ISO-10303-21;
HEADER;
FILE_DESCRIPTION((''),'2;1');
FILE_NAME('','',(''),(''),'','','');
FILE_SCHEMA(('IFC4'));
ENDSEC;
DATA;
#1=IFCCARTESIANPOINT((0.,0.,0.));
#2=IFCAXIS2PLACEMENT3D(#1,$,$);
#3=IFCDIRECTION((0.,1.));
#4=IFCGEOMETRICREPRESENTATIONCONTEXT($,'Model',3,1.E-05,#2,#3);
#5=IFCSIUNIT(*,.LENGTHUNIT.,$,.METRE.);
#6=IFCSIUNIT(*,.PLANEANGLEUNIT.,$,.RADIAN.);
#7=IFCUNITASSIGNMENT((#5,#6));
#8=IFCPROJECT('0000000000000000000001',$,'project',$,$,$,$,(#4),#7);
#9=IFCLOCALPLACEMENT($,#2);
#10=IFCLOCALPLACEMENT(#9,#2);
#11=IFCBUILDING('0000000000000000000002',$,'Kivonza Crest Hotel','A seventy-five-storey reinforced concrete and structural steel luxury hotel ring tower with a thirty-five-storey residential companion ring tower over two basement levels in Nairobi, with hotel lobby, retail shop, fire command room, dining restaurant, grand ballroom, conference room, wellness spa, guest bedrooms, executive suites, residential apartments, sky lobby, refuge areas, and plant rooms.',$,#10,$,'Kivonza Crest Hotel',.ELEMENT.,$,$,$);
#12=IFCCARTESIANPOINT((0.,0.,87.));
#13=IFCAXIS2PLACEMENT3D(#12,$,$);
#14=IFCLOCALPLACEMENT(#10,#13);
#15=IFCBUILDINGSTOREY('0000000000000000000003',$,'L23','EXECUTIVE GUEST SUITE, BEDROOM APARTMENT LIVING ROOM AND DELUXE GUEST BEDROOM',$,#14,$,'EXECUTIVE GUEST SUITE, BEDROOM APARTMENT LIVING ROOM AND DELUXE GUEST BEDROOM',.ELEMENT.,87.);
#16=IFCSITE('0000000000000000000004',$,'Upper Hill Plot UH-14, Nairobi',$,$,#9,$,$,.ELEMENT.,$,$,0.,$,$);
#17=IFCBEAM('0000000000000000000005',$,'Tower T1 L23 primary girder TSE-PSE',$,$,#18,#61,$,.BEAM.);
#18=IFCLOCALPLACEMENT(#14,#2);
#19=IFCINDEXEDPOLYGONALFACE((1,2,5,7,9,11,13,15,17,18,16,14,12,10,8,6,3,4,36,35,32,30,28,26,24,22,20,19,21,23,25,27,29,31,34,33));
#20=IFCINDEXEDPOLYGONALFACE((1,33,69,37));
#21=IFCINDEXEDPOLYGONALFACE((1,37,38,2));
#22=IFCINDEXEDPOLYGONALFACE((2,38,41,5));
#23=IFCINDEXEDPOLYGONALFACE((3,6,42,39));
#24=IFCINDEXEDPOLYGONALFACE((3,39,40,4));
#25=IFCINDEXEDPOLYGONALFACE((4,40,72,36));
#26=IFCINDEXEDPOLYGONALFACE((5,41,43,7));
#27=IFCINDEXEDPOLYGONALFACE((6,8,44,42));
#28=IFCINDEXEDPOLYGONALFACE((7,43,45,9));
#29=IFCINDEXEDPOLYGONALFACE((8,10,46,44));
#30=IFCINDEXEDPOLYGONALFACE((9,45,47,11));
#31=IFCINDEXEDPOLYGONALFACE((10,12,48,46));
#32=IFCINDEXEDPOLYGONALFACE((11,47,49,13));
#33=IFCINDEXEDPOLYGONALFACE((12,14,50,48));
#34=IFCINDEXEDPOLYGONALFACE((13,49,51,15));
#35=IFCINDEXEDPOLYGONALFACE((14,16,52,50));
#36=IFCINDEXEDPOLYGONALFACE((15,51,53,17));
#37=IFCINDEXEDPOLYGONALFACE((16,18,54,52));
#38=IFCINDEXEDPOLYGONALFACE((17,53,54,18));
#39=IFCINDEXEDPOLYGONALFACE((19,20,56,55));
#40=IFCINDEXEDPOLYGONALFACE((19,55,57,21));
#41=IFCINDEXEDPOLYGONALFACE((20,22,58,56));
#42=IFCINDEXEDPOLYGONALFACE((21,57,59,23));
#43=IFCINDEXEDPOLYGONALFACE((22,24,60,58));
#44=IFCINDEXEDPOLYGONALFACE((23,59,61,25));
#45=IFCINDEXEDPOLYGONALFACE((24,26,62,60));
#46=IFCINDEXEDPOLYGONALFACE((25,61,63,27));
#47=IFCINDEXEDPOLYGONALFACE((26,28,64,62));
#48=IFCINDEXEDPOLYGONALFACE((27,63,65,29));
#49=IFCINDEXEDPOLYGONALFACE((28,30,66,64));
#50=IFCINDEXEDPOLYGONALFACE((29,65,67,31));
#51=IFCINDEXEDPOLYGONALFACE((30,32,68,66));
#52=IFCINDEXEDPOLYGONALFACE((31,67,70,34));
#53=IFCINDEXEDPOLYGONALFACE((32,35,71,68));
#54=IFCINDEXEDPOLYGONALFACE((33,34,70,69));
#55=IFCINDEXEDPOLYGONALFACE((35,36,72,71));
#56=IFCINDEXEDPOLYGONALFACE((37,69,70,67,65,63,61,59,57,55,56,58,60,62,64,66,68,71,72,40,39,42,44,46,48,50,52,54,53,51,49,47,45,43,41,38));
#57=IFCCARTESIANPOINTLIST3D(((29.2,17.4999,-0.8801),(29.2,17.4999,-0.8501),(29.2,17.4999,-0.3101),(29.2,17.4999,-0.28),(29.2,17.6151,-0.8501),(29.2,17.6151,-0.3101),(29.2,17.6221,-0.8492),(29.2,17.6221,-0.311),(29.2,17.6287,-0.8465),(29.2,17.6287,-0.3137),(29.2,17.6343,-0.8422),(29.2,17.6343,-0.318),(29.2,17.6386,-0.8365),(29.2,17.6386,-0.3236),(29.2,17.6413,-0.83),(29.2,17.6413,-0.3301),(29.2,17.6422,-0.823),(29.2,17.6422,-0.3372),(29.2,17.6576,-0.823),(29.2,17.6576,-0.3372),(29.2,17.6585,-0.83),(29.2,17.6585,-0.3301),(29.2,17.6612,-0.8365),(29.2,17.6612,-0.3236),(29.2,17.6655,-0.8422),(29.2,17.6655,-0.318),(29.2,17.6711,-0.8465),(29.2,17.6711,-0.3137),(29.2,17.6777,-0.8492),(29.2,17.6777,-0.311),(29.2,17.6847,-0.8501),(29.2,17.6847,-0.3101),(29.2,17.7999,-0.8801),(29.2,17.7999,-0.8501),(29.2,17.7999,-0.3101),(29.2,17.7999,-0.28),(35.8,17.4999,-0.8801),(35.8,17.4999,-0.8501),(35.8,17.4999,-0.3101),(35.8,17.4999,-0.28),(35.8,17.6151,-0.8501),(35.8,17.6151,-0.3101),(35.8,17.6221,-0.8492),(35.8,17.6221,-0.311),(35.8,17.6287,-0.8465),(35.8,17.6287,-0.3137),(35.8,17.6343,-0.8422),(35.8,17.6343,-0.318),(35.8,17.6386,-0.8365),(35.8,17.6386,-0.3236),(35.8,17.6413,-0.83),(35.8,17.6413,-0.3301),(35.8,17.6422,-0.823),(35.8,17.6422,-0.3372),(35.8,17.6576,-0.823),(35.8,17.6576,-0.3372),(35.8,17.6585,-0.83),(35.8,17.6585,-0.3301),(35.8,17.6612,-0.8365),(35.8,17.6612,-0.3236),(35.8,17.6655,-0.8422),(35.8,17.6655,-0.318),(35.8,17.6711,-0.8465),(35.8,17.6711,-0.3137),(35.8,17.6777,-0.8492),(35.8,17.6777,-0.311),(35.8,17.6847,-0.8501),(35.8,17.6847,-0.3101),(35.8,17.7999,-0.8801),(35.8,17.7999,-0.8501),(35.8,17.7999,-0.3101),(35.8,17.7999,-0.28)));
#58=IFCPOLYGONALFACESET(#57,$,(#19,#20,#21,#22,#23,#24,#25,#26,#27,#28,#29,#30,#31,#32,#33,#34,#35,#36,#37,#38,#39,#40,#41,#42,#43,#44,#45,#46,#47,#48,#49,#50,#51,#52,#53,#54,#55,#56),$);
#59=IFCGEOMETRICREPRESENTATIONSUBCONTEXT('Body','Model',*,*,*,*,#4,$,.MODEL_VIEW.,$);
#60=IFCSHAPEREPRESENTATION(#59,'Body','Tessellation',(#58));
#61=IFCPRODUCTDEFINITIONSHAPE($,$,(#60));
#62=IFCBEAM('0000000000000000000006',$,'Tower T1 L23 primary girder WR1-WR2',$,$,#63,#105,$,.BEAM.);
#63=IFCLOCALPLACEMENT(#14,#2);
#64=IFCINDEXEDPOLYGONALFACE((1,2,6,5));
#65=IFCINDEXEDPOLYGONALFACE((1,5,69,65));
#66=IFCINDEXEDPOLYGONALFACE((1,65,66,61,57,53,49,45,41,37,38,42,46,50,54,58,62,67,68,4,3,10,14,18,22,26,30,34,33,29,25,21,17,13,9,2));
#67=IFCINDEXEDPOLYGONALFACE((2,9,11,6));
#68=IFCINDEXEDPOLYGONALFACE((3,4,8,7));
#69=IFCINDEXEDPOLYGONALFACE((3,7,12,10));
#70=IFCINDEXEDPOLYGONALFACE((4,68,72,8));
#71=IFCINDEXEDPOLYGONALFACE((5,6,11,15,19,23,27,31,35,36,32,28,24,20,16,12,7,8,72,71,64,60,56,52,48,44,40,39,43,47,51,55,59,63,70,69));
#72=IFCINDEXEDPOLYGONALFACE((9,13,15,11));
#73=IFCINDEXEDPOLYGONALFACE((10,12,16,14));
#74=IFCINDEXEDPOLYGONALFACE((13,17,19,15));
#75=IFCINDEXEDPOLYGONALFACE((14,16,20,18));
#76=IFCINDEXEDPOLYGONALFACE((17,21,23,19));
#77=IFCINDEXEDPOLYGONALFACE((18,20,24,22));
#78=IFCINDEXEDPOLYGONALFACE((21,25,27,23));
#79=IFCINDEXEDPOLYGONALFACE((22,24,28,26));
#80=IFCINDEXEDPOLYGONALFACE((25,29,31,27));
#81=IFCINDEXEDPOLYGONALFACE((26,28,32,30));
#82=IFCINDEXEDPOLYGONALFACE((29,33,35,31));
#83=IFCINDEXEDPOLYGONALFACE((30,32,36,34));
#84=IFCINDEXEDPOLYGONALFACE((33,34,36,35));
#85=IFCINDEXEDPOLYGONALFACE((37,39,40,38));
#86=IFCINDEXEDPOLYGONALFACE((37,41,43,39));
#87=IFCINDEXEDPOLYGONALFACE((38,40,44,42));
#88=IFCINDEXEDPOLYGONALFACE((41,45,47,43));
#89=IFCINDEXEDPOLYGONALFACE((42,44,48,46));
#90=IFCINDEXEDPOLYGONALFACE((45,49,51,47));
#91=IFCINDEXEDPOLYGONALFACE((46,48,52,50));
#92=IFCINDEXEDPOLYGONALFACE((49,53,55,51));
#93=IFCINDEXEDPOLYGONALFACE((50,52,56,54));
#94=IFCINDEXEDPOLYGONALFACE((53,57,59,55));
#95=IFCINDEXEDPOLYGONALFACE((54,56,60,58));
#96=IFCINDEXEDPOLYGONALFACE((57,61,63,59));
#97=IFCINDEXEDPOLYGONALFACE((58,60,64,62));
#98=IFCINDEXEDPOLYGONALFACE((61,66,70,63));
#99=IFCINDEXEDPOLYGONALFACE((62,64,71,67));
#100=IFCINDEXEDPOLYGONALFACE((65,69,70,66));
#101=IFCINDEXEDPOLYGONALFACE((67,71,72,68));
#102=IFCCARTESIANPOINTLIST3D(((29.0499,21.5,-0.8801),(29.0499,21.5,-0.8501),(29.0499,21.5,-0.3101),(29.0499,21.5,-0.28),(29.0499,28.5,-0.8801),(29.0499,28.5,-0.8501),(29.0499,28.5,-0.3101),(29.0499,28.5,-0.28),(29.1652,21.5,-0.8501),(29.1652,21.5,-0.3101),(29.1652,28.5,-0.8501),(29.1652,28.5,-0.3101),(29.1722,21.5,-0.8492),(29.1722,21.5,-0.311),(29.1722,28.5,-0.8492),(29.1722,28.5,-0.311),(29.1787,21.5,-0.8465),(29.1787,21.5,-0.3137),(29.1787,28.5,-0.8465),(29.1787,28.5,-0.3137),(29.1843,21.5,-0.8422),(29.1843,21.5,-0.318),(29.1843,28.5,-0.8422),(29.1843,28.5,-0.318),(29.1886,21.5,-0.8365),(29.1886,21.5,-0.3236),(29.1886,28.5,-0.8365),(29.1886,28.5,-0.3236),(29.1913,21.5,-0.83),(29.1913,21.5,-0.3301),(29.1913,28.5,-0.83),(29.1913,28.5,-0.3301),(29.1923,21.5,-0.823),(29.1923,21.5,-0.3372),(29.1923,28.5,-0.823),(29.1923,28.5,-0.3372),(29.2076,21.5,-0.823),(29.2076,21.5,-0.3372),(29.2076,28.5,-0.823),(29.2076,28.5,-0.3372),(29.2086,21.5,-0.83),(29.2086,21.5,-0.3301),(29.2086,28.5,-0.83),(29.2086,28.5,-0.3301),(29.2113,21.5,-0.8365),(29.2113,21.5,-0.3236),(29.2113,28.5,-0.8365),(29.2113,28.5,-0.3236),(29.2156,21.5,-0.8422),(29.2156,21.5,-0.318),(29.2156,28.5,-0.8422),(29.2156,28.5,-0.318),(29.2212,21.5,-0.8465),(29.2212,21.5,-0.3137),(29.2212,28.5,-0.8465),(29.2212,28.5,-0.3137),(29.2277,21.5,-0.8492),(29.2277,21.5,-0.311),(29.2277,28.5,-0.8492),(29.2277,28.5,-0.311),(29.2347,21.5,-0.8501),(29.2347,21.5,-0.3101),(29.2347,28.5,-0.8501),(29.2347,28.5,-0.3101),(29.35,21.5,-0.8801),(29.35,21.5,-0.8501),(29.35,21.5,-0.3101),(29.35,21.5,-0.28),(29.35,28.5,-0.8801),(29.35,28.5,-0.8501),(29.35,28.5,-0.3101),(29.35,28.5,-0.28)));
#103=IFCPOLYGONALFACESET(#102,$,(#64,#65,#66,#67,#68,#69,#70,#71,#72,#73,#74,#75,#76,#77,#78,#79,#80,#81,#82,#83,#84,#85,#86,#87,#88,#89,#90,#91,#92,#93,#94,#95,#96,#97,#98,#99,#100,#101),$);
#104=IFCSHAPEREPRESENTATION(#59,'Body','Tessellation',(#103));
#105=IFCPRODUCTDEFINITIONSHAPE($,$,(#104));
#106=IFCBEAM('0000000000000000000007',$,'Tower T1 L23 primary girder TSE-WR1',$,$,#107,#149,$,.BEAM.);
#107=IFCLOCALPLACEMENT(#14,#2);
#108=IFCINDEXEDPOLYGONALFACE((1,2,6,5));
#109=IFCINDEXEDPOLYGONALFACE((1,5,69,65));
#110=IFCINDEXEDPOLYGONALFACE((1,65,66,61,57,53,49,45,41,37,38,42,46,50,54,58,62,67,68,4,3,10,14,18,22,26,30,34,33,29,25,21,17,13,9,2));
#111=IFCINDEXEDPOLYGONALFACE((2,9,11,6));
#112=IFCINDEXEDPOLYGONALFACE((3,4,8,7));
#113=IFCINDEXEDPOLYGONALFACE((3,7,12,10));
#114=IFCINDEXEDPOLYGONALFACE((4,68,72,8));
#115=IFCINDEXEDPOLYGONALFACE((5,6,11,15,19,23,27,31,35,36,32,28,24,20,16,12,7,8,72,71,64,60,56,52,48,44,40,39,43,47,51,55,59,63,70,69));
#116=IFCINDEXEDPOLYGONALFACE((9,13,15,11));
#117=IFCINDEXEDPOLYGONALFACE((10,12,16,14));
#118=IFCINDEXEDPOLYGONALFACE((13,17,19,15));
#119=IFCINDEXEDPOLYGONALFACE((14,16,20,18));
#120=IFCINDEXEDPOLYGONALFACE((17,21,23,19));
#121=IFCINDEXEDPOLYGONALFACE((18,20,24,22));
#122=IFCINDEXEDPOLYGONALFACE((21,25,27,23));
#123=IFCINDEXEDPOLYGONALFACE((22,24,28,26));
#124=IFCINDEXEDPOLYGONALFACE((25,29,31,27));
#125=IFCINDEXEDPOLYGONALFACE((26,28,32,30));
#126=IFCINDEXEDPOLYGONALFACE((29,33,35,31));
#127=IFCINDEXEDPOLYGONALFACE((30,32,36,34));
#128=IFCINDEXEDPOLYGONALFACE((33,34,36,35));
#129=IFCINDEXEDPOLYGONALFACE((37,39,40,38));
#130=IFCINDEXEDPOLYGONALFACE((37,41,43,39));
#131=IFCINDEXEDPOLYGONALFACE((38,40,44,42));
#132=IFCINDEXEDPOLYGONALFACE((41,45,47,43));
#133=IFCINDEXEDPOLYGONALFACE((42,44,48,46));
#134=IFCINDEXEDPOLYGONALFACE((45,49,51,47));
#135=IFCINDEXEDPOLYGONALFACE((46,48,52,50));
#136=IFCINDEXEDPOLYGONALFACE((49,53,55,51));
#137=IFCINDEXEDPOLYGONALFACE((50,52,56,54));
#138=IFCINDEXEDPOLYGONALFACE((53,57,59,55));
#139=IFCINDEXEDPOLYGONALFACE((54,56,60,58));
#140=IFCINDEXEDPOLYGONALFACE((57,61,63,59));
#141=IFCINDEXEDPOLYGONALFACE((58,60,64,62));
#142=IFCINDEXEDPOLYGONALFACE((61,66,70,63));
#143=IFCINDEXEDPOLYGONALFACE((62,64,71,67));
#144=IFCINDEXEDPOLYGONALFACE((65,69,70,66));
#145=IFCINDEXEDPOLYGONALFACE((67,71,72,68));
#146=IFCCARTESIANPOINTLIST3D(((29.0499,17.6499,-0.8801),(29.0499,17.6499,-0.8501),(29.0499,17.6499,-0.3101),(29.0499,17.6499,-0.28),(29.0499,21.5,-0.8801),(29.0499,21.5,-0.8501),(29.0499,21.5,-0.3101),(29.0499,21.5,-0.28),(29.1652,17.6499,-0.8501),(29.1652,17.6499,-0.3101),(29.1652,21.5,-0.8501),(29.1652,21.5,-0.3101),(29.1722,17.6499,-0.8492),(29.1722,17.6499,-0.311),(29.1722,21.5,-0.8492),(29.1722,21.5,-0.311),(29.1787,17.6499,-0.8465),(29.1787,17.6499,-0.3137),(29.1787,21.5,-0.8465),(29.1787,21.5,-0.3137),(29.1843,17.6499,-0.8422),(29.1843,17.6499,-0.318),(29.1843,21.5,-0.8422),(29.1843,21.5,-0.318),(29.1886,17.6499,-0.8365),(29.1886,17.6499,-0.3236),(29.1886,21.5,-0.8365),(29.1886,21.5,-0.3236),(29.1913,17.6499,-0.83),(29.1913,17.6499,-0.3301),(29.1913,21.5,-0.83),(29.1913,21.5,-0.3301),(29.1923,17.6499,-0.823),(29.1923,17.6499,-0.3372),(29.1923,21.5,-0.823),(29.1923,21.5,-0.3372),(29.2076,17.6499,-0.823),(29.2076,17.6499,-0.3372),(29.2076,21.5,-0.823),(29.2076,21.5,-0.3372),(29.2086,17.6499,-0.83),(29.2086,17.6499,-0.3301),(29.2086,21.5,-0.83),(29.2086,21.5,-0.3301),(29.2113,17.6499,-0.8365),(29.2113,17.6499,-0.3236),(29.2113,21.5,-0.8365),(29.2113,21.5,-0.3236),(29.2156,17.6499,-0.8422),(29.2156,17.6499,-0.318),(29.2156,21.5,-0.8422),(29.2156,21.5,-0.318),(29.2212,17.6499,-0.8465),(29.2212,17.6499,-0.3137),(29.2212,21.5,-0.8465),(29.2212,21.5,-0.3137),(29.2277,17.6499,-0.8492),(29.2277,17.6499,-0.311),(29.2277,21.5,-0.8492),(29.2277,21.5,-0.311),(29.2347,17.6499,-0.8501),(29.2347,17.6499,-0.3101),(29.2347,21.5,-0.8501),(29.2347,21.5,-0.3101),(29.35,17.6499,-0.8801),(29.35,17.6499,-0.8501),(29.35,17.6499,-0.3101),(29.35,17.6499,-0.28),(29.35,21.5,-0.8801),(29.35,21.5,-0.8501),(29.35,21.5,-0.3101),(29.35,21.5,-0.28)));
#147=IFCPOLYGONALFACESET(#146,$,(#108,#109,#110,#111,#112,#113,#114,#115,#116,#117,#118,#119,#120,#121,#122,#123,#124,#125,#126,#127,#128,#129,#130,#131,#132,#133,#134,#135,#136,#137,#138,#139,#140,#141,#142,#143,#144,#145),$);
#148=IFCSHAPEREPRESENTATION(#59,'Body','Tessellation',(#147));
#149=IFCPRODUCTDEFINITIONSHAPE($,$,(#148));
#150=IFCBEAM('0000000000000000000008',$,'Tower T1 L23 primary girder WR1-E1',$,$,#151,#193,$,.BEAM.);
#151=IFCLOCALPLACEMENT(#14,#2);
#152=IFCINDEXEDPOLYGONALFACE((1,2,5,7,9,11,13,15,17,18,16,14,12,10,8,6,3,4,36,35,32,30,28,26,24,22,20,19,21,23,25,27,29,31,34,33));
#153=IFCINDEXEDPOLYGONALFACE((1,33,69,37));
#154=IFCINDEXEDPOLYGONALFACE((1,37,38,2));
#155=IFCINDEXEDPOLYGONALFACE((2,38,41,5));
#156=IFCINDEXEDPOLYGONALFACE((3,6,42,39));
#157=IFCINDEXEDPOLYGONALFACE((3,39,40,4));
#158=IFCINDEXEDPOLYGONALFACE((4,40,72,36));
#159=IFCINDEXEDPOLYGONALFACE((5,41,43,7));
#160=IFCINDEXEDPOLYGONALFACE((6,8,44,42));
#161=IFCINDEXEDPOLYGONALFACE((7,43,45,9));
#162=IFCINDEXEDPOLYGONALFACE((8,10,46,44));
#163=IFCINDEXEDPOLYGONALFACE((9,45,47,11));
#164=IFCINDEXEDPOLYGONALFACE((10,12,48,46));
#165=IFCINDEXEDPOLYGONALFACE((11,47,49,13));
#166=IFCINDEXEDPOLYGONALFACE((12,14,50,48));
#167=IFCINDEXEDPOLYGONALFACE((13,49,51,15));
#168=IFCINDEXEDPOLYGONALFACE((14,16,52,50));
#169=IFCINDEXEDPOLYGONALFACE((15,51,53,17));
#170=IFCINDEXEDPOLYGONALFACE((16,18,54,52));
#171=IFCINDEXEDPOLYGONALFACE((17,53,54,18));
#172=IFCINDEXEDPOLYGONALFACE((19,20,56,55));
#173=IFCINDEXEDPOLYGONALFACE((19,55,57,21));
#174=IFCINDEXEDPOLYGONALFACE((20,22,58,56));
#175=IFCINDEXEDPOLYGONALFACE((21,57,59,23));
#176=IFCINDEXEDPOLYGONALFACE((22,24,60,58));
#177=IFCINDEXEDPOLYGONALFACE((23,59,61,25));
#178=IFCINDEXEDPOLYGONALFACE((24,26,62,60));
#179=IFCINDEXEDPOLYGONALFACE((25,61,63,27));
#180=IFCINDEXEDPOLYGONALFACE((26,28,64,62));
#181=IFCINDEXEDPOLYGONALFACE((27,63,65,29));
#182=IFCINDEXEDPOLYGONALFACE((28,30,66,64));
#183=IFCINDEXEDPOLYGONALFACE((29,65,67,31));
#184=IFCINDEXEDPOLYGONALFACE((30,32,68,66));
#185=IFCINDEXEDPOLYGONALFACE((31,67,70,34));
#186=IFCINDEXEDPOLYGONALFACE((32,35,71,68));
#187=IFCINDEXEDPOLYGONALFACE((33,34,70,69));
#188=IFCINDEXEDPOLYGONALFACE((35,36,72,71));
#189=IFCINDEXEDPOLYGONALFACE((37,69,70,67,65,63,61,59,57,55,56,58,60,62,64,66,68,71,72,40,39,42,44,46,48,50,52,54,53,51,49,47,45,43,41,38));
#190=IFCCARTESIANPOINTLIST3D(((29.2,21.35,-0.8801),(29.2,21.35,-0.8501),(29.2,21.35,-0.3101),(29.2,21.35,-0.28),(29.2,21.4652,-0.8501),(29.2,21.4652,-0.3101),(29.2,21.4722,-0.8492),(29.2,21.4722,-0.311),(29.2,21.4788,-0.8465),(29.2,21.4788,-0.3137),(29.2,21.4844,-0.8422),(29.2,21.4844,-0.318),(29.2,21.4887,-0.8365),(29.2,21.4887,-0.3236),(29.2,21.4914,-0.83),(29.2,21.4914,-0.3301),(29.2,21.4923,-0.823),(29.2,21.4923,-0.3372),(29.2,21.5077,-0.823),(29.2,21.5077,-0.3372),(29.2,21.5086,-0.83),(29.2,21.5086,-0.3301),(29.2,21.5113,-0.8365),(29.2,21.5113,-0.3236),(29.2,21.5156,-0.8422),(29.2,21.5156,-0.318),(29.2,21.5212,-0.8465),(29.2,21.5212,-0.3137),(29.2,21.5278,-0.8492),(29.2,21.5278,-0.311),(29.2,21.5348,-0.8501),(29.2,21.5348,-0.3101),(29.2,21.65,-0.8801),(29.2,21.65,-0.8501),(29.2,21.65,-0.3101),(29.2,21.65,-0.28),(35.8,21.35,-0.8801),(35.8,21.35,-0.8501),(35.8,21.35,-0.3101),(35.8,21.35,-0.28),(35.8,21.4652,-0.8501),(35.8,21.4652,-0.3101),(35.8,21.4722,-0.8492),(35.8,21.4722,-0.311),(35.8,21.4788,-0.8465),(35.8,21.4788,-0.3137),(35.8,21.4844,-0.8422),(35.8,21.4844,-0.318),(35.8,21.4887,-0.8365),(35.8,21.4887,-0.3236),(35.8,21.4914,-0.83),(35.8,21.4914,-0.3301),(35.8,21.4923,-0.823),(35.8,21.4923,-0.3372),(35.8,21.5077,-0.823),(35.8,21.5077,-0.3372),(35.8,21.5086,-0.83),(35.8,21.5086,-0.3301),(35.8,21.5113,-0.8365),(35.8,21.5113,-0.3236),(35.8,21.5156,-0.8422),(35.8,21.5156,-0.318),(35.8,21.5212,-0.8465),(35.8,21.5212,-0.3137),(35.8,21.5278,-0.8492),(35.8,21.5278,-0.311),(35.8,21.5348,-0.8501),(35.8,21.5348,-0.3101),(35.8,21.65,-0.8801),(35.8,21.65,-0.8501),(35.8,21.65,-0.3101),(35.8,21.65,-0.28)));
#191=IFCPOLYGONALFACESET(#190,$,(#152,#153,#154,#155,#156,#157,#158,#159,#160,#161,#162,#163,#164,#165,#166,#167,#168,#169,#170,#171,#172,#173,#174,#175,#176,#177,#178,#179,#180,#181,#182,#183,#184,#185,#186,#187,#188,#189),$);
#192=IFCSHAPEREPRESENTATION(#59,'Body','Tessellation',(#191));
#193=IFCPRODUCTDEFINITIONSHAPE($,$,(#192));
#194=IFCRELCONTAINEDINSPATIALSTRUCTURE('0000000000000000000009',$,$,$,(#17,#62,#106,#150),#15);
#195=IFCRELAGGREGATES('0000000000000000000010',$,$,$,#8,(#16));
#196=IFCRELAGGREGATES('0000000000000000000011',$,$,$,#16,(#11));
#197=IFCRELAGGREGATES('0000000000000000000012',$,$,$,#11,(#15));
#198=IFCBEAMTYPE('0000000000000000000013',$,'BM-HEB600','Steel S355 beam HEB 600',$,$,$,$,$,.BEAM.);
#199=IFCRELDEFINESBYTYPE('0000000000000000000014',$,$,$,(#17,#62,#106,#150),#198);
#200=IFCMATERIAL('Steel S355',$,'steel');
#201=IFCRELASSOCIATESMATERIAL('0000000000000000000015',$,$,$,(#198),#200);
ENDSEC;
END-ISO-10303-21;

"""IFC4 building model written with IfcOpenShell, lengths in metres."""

from ifc_helpers import new_model, si_unit, direction, frame, origin, origin_2d, place, context, subcontext, project, spatial, i_section, extrude, material, material_profile, profile_set, type_object, element, save


model = new_model("IFC4")

# Units and contexts
model_context = context("Model", 3, precision=1e-05, world=origin(), true_north=direction((0.0, 1.0)))
body_context = subcontext(model_context, "Body", "Model", "MODEL_VIEW")
ifc_project = project(units=[si_unit("LENGTHUNIT", "METRE"), si_unit("PLANEANGLEUNIT", "RADIAN")], contexts=[model_context])

# Site, building, storey
site_placement = place(None, origin())
site = spatial("IfcSite", under=ifc_project, at=site_placement, Name="Upper Hill Plot UH-14, Nairobi", CompositionType="ELEMENT", RefElevation=0.0)
building_placement = place(site_placement, origin())
building = spatial("IfcBuilding", under=site, at=building_placement, Name="Kivonza Crest Hotel", Description="A seventy-five-storey reinforced concrete and structural steel luxury hotel ring tower with a thirty-five-storey residential companion ring tower over two basement levels in Nairobi, with hotel lobby, retail shop, fire command room, dining restaurant, grand ballroom, conference room, wellness spa, guest bedrooms, executive suites, residential apartments, sky lobby, refuge areas, and plant rooms.", LongName="Kivonza Crest Hotel", CompositionType="ELEMENT")
storey_placement = place(building_placement, frame((0.0, 0.0, 87.0)))
storey = spatial("IfcBuildingStorey", under=building, at=storey_placement, Name="L23", Description="EXECUTIVE GUEST SUITE, BEDROOM APARTMENT LIVING ROOM AND DELUXE GUEST BEDROOM", LongName="EXECUTIVE GUEST SUITE, BEDROOM APARTMENT LIVING ROOM AND DELUXE GUEST BEDROOM", CompositionType="ELEMENT", Elevation=87.0)

# Beams
ifc_material_1 = material(Name="Steel S355", Category="steel")
ifc_material_profile_1 = material_profile(ifc_material_1, i_section(OverallWidth=0.3, OverallDepth=0.6001, WebThickness=0.0154, FlangeThickness=0.03, FilletRadius=0.0271, at=origin_2d()), Name="HEB 600")
ifc_profile_set_1 = profile_set([ifc_material_profile_1], Name="Steel S355")
beam_type_1 = type_object("IfcBeamType", Name="BM-HEB600", Description="Steel S355 beam HEB 600", PredefinedType="BEAM", material=ifc_profile_set_1)
beam_1_placement = place(storey_placement, frame((29.2, 17.6499, -0.5801), z_axis=(1.0, 0.0, 0.0), x_axis=(0.0, 1.0, 0.0)))
element("IfcBeam", 1, at=beam_1_placement, inside=storey, type_object=beam_type_1, Name="Tower T1 L23 primary girder TSE-PSE", PredefinedType="BEAM", context=body_context, shape_type="SweptSolid", body=[
    extrude(i_section(OverallWidth=0.3, OverallDepth=0.6001, WebThickness=0.0154, FlangeThickness=0.03, FilletRadius=0.0271, at=origin_2d()), origin(), (0.0, 0.0, 1.0), 6.6001),
])
beam_2_placement = place(storey_placement, frame((29.2, 21.5, -0.5801), z_axis=(0.0, 1.0, 0.0), x_axis=(-1.0, 0.0, 0.0)))
element("IfcBeam", 2, at=beam_2_placement, inside=storey, type_object=beam_type_1, Name="Tower T1 L23 primary girder WR1-WR2", PredefinedType="BEAM", context=body_context, shape_type="SweptSolid", body=[
    extrude(i_section(OverallWidth=0.3, OverallDepth=0.6001, WebThickness=0.0154, FlangeThickness=0.03, FilletRadius=0.0271, at=origin_2d()), origin(), (0.0, 0.0, 1.0), 7.0),
])
beam_3_placement = place(storey_placement, frame((29.2, 17.6499, -0.5801), z_axis=(0.0, 1.0, 0.0), x_axis=(-1.0, 0.0, 0.0)))
element("IfcBeam", 3, at=beam_3_placement, inside=storey, type_object=beam_type_1, Name="Tower T1 L23 primary girder TSE-WR1", PredefinedType="BEAM", context=body_context, shape_type="SweptSolid", body=[
    extrude(i_section(OverallWidth=0.3, OverallDepth=0.6001, WebThickness=0.0154, FlangeThickness=0.03, FilletRadius=0.0271, at=origin_2d()), origin(), (0.0, 0.0, 1.0), 3.8501),
])
beam_4_placement = place(storey_placement, frame((29.2, 21.5, -0.5801), z_axis=(1.0, 0.0, 0.0), x_axis=(0.0, 1.0, 0.0)))
element("IfcBeam", 4, at=beam_4_placement, inside=storey, type_object=beam_type_1, Name="Tower T1 L23 primary girder WR1-E1", PredefinedType="BEAM", context=body_context, shape_type="SweptSolid", body=[
    extrude(i_section(OverallWidth=0.3, OverallDepth=0.6001, WebThickness=0.0154, FlangeThickness=0.03, FilletRadius=0.0271, at=origin_2d()), origin(), (0.0, 0.0, 1.0), 6.6001),
])

save(model, "model.ifc")
